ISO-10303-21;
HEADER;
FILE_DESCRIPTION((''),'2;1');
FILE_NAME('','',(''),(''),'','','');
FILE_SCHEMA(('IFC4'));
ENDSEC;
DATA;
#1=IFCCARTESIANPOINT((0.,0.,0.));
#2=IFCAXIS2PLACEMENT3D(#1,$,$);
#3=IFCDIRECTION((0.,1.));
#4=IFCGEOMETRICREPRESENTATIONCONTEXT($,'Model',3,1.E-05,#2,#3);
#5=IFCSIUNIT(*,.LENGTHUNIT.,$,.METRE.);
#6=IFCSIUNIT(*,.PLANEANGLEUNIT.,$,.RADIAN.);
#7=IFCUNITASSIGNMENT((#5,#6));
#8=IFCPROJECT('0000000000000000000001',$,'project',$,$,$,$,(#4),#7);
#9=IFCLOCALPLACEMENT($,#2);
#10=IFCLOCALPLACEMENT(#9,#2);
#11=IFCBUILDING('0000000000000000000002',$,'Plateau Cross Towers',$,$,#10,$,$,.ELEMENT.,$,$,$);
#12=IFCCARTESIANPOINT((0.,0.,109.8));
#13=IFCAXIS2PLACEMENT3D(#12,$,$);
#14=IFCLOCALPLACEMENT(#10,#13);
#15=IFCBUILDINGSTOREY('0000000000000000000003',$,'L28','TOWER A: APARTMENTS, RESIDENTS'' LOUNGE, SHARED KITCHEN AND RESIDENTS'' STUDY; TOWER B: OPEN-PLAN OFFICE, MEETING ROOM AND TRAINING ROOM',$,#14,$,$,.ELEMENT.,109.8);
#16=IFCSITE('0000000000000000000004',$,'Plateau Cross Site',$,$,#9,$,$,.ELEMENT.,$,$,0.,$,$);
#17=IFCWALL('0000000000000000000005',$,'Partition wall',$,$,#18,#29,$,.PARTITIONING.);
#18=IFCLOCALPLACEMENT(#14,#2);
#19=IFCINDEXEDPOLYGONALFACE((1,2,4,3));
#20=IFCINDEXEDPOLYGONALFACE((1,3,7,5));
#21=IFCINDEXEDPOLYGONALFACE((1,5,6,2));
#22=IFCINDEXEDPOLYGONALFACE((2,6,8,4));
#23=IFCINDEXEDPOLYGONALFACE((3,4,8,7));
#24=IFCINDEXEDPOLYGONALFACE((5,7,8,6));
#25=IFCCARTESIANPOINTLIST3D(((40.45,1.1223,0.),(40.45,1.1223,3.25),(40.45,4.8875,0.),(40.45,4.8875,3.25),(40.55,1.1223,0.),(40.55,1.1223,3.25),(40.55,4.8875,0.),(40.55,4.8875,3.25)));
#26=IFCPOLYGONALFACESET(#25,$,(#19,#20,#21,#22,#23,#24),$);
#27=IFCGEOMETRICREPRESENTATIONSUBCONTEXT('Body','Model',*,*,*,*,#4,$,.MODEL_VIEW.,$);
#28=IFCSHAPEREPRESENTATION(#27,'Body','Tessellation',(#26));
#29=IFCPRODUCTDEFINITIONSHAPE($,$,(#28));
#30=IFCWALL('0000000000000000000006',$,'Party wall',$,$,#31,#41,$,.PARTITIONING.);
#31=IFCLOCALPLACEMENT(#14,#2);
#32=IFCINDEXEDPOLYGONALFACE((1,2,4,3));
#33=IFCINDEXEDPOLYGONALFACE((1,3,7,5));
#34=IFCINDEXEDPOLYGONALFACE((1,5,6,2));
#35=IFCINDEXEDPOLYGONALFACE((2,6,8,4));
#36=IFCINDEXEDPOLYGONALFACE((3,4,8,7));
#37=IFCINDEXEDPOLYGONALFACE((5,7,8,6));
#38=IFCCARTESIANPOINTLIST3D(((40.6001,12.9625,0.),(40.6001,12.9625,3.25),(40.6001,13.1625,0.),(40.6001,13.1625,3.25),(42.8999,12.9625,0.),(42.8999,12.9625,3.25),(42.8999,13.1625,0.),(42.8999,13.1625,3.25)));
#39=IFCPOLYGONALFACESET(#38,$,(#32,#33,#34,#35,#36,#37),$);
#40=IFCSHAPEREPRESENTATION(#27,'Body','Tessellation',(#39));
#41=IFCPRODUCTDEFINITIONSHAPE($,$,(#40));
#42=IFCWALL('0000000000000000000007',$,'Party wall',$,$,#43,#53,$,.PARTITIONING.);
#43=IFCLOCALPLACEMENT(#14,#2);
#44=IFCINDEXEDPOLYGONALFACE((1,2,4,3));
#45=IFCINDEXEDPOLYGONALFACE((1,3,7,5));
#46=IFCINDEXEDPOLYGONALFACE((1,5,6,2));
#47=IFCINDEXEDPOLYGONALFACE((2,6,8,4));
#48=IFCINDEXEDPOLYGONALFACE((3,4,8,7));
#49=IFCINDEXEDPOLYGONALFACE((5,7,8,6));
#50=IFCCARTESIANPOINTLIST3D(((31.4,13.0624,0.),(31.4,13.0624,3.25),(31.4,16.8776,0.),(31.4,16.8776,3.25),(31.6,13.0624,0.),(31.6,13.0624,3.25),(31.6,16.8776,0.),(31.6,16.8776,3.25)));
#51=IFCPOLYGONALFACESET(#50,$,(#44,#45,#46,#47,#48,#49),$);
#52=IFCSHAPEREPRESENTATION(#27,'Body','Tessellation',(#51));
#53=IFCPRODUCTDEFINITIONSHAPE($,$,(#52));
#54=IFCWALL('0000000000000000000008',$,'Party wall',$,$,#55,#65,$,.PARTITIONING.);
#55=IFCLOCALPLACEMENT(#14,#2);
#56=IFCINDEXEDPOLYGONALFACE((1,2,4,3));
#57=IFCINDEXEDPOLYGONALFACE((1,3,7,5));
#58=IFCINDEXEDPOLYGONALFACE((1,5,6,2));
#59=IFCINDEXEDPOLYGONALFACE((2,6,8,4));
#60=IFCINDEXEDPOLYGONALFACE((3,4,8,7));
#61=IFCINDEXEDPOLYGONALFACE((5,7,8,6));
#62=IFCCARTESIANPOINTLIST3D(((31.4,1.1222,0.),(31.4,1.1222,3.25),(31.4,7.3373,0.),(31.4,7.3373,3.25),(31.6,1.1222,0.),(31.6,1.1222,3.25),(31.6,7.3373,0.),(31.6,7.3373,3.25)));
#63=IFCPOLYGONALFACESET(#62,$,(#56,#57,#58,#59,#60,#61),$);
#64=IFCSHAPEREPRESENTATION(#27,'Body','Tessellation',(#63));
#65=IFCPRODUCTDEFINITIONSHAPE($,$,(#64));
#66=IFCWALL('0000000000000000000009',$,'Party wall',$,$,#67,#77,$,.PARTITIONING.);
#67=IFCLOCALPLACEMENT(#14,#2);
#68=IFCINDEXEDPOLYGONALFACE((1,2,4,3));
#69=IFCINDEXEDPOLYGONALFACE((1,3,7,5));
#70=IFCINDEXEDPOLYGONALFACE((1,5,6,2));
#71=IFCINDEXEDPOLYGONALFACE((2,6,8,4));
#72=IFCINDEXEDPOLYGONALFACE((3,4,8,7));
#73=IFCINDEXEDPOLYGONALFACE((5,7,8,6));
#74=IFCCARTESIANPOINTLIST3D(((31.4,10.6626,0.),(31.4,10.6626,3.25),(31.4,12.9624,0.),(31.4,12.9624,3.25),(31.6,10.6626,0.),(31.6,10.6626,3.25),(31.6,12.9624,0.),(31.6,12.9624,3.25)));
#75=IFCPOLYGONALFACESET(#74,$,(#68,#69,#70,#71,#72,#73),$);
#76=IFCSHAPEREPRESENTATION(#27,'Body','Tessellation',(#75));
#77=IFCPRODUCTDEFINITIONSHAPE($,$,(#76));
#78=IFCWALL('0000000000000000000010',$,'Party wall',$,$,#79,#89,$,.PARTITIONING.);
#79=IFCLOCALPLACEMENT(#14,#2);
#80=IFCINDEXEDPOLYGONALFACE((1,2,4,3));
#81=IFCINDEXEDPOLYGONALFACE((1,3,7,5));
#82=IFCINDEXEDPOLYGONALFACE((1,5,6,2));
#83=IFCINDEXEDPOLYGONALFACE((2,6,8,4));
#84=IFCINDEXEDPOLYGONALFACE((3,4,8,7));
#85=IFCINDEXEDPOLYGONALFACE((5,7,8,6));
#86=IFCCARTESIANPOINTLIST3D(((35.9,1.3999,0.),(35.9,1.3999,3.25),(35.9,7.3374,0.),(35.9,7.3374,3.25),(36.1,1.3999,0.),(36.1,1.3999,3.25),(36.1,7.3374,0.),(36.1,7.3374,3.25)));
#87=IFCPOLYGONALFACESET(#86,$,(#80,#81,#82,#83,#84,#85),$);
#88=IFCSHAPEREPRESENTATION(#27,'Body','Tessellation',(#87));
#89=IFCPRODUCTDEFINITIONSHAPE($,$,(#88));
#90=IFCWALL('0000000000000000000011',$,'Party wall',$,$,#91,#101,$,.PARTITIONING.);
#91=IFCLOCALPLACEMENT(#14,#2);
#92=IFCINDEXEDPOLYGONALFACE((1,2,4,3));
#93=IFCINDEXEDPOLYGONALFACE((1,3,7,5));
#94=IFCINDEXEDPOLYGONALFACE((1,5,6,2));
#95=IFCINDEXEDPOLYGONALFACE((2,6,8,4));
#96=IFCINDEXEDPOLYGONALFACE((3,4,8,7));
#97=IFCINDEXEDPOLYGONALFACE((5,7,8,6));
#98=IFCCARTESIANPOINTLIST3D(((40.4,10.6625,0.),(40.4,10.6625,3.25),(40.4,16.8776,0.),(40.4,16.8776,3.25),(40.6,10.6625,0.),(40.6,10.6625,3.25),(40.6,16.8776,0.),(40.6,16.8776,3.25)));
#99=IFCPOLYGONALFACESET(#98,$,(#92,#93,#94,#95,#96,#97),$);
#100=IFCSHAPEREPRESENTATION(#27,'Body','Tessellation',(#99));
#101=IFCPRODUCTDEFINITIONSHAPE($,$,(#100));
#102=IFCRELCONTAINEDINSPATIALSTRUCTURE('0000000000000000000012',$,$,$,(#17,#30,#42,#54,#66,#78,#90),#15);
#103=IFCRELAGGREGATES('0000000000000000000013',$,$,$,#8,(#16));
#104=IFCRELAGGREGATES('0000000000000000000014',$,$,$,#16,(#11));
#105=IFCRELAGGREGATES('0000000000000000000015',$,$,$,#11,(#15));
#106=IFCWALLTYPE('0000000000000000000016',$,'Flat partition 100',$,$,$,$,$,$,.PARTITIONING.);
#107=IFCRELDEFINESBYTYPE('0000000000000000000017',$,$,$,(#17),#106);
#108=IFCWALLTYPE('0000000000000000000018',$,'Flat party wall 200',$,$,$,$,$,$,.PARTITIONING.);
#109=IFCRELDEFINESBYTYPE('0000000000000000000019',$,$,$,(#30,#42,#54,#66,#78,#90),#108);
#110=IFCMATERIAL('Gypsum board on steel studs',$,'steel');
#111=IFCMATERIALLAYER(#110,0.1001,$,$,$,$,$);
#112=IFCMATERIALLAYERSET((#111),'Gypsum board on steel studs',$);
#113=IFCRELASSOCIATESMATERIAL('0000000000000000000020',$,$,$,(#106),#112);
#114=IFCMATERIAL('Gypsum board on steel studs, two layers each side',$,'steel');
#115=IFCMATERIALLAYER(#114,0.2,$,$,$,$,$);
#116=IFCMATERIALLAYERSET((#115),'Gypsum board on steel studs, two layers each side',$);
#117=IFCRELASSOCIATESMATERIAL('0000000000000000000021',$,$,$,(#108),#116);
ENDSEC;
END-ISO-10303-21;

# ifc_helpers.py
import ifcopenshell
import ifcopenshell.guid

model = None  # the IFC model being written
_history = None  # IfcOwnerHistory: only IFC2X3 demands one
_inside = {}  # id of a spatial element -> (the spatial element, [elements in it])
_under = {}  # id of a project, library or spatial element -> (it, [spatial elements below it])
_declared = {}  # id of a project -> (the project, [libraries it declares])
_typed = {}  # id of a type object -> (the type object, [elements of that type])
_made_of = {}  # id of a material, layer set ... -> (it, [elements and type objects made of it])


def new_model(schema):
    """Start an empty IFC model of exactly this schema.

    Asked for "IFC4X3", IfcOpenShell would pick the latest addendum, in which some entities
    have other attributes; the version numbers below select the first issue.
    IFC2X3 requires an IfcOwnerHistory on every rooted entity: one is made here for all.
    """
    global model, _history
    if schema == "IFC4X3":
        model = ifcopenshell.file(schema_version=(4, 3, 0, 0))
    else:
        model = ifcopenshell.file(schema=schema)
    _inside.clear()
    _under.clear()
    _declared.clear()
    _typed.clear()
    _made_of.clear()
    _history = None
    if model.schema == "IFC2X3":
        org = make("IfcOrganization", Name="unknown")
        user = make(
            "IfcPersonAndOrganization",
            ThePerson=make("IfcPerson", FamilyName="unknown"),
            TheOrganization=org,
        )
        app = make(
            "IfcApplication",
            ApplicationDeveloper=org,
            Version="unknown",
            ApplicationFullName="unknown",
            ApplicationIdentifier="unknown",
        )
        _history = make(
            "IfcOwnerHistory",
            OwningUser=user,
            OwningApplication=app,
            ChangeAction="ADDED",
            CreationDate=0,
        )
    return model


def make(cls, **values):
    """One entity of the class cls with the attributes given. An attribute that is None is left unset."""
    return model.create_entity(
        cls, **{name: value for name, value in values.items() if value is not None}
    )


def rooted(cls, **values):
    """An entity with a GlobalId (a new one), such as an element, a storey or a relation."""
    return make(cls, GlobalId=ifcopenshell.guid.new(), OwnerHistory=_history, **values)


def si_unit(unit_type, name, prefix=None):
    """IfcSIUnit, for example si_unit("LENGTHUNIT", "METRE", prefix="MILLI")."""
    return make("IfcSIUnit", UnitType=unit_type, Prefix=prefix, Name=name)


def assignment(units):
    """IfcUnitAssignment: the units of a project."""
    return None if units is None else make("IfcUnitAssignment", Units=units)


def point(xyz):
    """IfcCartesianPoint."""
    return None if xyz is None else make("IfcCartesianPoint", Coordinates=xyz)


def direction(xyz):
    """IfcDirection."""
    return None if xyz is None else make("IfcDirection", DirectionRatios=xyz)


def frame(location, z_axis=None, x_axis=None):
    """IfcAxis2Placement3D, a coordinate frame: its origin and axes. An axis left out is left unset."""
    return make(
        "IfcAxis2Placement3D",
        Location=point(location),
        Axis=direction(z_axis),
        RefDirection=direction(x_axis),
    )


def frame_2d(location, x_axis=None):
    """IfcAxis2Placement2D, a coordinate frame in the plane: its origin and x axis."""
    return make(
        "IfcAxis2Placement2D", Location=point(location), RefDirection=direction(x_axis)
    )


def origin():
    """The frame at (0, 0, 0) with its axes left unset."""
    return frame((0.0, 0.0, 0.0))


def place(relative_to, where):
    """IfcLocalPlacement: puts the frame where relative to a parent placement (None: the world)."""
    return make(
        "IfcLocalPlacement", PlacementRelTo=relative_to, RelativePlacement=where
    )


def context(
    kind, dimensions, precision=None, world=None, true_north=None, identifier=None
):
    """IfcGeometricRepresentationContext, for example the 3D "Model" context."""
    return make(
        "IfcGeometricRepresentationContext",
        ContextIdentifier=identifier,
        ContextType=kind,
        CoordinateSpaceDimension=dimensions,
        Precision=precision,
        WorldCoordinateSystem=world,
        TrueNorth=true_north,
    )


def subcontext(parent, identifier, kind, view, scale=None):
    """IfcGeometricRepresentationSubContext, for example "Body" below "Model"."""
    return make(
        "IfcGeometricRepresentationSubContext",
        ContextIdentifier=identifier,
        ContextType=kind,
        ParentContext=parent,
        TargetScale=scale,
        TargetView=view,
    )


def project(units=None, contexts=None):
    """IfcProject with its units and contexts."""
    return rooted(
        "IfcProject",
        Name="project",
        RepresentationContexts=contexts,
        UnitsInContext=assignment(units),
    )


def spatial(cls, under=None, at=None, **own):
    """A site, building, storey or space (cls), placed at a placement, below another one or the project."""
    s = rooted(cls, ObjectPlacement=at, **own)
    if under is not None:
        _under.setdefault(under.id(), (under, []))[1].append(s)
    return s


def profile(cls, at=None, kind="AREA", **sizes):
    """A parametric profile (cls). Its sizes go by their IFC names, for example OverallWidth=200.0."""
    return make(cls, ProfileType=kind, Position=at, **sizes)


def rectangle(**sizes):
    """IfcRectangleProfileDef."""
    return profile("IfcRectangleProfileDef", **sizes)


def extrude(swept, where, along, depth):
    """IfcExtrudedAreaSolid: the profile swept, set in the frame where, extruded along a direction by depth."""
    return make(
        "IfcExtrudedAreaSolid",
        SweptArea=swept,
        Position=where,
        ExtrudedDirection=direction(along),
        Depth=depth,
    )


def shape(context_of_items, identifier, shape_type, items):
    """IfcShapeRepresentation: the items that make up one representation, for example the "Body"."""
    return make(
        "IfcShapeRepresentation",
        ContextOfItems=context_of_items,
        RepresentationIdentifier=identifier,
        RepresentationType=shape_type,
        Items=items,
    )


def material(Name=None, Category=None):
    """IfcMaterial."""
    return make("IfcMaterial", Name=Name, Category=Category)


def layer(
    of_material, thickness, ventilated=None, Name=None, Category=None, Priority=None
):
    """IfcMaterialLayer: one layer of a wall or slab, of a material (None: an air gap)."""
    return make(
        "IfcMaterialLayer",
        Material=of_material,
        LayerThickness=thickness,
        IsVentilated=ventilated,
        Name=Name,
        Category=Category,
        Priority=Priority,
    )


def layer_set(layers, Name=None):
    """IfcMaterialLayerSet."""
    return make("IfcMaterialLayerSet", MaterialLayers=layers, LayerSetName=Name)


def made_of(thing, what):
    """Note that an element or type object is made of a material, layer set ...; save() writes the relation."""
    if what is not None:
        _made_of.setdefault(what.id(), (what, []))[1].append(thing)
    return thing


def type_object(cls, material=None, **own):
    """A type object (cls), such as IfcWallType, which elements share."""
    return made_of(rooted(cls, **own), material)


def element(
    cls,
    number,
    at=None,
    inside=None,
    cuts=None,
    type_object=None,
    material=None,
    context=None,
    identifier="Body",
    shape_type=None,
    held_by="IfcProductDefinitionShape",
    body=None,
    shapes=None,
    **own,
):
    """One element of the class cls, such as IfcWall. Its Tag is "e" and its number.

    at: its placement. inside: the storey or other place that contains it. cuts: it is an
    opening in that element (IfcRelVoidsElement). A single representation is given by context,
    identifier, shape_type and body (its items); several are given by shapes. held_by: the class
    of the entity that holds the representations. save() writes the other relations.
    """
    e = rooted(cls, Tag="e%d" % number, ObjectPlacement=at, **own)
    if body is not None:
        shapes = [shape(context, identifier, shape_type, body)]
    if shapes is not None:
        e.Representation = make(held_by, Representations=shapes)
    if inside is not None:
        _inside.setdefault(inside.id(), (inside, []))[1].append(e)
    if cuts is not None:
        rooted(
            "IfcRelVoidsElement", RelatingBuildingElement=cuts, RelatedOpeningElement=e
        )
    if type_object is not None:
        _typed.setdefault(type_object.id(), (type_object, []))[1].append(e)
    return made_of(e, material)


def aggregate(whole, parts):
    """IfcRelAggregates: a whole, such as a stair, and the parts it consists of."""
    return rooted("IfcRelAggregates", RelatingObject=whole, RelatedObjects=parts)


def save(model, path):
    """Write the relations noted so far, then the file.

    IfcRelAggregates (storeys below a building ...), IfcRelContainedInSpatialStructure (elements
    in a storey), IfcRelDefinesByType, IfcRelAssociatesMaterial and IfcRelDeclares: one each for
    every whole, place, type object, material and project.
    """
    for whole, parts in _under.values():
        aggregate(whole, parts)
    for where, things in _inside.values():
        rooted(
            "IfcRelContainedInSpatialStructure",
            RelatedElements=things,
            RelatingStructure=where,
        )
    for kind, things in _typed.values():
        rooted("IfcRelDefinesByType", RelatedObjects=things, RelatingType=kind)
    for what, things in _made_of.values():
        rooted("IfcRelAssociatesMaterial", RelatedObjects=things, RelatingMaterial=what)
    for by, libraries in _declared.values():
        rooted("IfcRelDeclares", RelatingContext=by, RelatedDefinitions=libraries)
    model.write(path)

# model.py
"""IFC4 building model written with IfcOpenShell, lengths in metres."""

from ifc_helpers import new_model, si_unit, direction, frame, frame_2d, origin, place, context, subcontext, project, spatial, rectangle, extrude, material, layer, layer_set, type_object, element, save


model = new_model("IFC4")

# Units and contexts
model_context = context("Model", 3, precision=1e-05, world=origin(), true_north=direction((0.0, 1.0)))
body_context = subcontext(model_context, "Body", "Model", "MODEL_VIEW")
ifc_project = project(units=[si_unit("LENGTHUNIT", "METRE"), si_unit("PLANEANGLEUNIT", "RADIAN")], contexts=[model_context])

# Site, building, storey
site_placement = place(None, origin())
site = spatial("IfcSite", under=ifc_project, at=site_placement, Name="Plateau Cross Site", CompositionType="ELEMENT", RefElevation=0.0)
building_placement = place(site_placement, origin())
building = spatial("IfcBuilding", under=site, at=building_placement, Name="Plateau Cross Towers", CompositionType="ELEMENT")
storey_placement = place(building_placement, frame((0.0, 0.0, 109.8)))
storey = spatial("IfcBuildingStorey", under=building, at=storey_placement, Name="L28", Description="TOWER A: APARTMENTS, RESIDENTS' LOUNGE, SHARED KITCHEN AND RESIDENTS' STUDY; TOWER B: OPEN-PLAN OFFICE, MEETING ROOM AND TRAINING ROOM", CompositionType="ELEMENT", Elevation=109.8)

# Shared definitions
ifc_material_1 = material(Name="Gypsum board on steel studs", Category="steel")
ifc_layer_1 = layer(ifc_material_1, 0.1001)
ifc_layer_set_1 = layer_set([ifc_layer_1], Name="Gypsum board on steel studs")
wall_type_1 = type_object("IfcWallType", Name="Flat partition 100", PredefinedType="PARTITIONING", material=ifc_layer_set_1)

# Walls
wall_1_placement = place(storey_placement, frame((40.5, 4.8875, 0.0), z_axis=(0.0, 0.0, 1.0), x_axis=(0.0, -1.0, 0.0)))
element("IfcWall", 1, at=wall_1_placement, inside=storey, type_object=wall_type_1, Name="Partition wall", PredefinedType="PARTITIONING", context=body_context, shape_type="SweptSolid", body=[
    extrude(rectangle(XDim=3.7651, YDim=0.1001, at=frame_2d((1.8826, 0.0))), origin(), (0.0, 0.0, 1.0), 3.25),
])
ifc_material_2 = material(Name="Gypsum board on steel studs, two layers each side", Category="steel")
ifc_layer_2 = layer(ifc_material_2, 0.2)
ifc_layer_set_2 = layer_set([ifc_layer_2], Name="Gypsum board on steel studs, two layers each side")
wall_type_2 = type_object("IfcWallType", Name="Flat party wall 200", PredefinedType="PARTITIONING", material=ifc_layer_set_2)
wall_2_placement = place(storey_placement, frame((42.8999, 13.0625, 0.0), z_axis=(0.0, 0.0, 1.0), x_axis=(-1.0, 0.0, 0.0)))
element("IfcWall", 2, at=wall_2_placement, inside=storey, type_object=wall_type_2, Name="Party wall", PredefinedType="PARTITIONING", context=body_context, shape_type="SweptSolid", body=[
    extrude(rectangle(XDim=2.2998, YDim=0.2, at=frame_2d((1.1499, 0.0))), origin(), (0.0, 0.0, 1.0), 3.25),
])
wall_3_placement = place(storey_placement, frame((31.5, 16.8777, 0.0), z_axis=(0.0, 0.0, 1.0), x_axis=(0.0, -1.0, 0.0)))
element("IfcWall", 3, at=wall_3_placement, inside=storey, type_object=wall_type_2, Name="Party wall", PredefinedType="PARTITIONING", context=body_context, shape_type="SweptSolid", body=[
    extrude(rectangle(XDim=3.8152, YDim=0.2, at=frame_2d((1.9077, 0.0))), origin(), (0.0, 0.0, 1.0), 3.25),
])
wall_4_placement = place(storey_placement, frame((31.5, 1.1223, 0.0), z_axis=(0.0, 0.0, 1.0), x_axis=(0.0, 1.0, 0.0)))
element("IfcWall", 4, at=wall_4_placement, inside=storey, type_object=wall_type_2, Name="Party wall", PredefinedType="PARTITIONING", context=body_context, shape_type="SweptSolid", body=[
    extrude(rectangle(XDim=6.2151, YDim=0.2, at=frame_2d((3.1074, 0.0))), origin(), (0.0, 0.0, 1.0), 3.25),
])
wall_5_placement = place(storey_placement, frame((31.5, 10.6626, 0.0), z_axis=(0.0, 0.0, 1.0), x_axis=(0.0, 1.0, 0.0)))
element("IfcWall", 5, at=wall_5_placement, inside=storey, type_object=wall_type_2, Name="Party wall", PredefinedType="PARTITIONING", context=body_context, shape_type="SweptSolid", body=[
    extrude(rectangle(XDim=2.2998, YDim=0.2, at=frame_2d((1.1499, 0.0))), origin(), (0.0, 0.0, 1.0), 3.25),
])
wall_6_placement = place(storey_placement, frame((36.0, 1.3999, 0.0), z_axis=(0.0, 0.0, 1.0), x_axis=(0.0, 1.0, 0.0)))
element("IfcWall", 6, at=wall_6_placement, inside=storey, type_object=wall_type_2, Name="Party wall", PredefinedType="PARTITIONING", context=body_context, shape_type="SweptSolid", body=[
    extrude(rectangle(XDim=5.9375, YDim=0.2, at=frame_2d((2.9688, 0.0))), origin(), (0.0, 0.0, 1.0), 3.25),
])
wall_7_placement = place(storey_placement, frame((40.5, 10.6626, 0.0), z_axis=(0.0, 0.0, 1.0), x_axis=(0.0, 1.0, 0.0)))
element("IfcWall", 7, at=wall_7_placement, inside=storey, type_object=wall_type_2, Name="Party wall", PredefinedType="PARTITIONING", context=body_context, shape_type="SweptSolid", body=[
    extrude(rectangle(XDim=6.2151, YDim=0.2, at=frame_2d((3.1074, 0.0))), origin(), (0.0, 0.0, 1.0), 3.25),
])

save(model, "model.ifc")
